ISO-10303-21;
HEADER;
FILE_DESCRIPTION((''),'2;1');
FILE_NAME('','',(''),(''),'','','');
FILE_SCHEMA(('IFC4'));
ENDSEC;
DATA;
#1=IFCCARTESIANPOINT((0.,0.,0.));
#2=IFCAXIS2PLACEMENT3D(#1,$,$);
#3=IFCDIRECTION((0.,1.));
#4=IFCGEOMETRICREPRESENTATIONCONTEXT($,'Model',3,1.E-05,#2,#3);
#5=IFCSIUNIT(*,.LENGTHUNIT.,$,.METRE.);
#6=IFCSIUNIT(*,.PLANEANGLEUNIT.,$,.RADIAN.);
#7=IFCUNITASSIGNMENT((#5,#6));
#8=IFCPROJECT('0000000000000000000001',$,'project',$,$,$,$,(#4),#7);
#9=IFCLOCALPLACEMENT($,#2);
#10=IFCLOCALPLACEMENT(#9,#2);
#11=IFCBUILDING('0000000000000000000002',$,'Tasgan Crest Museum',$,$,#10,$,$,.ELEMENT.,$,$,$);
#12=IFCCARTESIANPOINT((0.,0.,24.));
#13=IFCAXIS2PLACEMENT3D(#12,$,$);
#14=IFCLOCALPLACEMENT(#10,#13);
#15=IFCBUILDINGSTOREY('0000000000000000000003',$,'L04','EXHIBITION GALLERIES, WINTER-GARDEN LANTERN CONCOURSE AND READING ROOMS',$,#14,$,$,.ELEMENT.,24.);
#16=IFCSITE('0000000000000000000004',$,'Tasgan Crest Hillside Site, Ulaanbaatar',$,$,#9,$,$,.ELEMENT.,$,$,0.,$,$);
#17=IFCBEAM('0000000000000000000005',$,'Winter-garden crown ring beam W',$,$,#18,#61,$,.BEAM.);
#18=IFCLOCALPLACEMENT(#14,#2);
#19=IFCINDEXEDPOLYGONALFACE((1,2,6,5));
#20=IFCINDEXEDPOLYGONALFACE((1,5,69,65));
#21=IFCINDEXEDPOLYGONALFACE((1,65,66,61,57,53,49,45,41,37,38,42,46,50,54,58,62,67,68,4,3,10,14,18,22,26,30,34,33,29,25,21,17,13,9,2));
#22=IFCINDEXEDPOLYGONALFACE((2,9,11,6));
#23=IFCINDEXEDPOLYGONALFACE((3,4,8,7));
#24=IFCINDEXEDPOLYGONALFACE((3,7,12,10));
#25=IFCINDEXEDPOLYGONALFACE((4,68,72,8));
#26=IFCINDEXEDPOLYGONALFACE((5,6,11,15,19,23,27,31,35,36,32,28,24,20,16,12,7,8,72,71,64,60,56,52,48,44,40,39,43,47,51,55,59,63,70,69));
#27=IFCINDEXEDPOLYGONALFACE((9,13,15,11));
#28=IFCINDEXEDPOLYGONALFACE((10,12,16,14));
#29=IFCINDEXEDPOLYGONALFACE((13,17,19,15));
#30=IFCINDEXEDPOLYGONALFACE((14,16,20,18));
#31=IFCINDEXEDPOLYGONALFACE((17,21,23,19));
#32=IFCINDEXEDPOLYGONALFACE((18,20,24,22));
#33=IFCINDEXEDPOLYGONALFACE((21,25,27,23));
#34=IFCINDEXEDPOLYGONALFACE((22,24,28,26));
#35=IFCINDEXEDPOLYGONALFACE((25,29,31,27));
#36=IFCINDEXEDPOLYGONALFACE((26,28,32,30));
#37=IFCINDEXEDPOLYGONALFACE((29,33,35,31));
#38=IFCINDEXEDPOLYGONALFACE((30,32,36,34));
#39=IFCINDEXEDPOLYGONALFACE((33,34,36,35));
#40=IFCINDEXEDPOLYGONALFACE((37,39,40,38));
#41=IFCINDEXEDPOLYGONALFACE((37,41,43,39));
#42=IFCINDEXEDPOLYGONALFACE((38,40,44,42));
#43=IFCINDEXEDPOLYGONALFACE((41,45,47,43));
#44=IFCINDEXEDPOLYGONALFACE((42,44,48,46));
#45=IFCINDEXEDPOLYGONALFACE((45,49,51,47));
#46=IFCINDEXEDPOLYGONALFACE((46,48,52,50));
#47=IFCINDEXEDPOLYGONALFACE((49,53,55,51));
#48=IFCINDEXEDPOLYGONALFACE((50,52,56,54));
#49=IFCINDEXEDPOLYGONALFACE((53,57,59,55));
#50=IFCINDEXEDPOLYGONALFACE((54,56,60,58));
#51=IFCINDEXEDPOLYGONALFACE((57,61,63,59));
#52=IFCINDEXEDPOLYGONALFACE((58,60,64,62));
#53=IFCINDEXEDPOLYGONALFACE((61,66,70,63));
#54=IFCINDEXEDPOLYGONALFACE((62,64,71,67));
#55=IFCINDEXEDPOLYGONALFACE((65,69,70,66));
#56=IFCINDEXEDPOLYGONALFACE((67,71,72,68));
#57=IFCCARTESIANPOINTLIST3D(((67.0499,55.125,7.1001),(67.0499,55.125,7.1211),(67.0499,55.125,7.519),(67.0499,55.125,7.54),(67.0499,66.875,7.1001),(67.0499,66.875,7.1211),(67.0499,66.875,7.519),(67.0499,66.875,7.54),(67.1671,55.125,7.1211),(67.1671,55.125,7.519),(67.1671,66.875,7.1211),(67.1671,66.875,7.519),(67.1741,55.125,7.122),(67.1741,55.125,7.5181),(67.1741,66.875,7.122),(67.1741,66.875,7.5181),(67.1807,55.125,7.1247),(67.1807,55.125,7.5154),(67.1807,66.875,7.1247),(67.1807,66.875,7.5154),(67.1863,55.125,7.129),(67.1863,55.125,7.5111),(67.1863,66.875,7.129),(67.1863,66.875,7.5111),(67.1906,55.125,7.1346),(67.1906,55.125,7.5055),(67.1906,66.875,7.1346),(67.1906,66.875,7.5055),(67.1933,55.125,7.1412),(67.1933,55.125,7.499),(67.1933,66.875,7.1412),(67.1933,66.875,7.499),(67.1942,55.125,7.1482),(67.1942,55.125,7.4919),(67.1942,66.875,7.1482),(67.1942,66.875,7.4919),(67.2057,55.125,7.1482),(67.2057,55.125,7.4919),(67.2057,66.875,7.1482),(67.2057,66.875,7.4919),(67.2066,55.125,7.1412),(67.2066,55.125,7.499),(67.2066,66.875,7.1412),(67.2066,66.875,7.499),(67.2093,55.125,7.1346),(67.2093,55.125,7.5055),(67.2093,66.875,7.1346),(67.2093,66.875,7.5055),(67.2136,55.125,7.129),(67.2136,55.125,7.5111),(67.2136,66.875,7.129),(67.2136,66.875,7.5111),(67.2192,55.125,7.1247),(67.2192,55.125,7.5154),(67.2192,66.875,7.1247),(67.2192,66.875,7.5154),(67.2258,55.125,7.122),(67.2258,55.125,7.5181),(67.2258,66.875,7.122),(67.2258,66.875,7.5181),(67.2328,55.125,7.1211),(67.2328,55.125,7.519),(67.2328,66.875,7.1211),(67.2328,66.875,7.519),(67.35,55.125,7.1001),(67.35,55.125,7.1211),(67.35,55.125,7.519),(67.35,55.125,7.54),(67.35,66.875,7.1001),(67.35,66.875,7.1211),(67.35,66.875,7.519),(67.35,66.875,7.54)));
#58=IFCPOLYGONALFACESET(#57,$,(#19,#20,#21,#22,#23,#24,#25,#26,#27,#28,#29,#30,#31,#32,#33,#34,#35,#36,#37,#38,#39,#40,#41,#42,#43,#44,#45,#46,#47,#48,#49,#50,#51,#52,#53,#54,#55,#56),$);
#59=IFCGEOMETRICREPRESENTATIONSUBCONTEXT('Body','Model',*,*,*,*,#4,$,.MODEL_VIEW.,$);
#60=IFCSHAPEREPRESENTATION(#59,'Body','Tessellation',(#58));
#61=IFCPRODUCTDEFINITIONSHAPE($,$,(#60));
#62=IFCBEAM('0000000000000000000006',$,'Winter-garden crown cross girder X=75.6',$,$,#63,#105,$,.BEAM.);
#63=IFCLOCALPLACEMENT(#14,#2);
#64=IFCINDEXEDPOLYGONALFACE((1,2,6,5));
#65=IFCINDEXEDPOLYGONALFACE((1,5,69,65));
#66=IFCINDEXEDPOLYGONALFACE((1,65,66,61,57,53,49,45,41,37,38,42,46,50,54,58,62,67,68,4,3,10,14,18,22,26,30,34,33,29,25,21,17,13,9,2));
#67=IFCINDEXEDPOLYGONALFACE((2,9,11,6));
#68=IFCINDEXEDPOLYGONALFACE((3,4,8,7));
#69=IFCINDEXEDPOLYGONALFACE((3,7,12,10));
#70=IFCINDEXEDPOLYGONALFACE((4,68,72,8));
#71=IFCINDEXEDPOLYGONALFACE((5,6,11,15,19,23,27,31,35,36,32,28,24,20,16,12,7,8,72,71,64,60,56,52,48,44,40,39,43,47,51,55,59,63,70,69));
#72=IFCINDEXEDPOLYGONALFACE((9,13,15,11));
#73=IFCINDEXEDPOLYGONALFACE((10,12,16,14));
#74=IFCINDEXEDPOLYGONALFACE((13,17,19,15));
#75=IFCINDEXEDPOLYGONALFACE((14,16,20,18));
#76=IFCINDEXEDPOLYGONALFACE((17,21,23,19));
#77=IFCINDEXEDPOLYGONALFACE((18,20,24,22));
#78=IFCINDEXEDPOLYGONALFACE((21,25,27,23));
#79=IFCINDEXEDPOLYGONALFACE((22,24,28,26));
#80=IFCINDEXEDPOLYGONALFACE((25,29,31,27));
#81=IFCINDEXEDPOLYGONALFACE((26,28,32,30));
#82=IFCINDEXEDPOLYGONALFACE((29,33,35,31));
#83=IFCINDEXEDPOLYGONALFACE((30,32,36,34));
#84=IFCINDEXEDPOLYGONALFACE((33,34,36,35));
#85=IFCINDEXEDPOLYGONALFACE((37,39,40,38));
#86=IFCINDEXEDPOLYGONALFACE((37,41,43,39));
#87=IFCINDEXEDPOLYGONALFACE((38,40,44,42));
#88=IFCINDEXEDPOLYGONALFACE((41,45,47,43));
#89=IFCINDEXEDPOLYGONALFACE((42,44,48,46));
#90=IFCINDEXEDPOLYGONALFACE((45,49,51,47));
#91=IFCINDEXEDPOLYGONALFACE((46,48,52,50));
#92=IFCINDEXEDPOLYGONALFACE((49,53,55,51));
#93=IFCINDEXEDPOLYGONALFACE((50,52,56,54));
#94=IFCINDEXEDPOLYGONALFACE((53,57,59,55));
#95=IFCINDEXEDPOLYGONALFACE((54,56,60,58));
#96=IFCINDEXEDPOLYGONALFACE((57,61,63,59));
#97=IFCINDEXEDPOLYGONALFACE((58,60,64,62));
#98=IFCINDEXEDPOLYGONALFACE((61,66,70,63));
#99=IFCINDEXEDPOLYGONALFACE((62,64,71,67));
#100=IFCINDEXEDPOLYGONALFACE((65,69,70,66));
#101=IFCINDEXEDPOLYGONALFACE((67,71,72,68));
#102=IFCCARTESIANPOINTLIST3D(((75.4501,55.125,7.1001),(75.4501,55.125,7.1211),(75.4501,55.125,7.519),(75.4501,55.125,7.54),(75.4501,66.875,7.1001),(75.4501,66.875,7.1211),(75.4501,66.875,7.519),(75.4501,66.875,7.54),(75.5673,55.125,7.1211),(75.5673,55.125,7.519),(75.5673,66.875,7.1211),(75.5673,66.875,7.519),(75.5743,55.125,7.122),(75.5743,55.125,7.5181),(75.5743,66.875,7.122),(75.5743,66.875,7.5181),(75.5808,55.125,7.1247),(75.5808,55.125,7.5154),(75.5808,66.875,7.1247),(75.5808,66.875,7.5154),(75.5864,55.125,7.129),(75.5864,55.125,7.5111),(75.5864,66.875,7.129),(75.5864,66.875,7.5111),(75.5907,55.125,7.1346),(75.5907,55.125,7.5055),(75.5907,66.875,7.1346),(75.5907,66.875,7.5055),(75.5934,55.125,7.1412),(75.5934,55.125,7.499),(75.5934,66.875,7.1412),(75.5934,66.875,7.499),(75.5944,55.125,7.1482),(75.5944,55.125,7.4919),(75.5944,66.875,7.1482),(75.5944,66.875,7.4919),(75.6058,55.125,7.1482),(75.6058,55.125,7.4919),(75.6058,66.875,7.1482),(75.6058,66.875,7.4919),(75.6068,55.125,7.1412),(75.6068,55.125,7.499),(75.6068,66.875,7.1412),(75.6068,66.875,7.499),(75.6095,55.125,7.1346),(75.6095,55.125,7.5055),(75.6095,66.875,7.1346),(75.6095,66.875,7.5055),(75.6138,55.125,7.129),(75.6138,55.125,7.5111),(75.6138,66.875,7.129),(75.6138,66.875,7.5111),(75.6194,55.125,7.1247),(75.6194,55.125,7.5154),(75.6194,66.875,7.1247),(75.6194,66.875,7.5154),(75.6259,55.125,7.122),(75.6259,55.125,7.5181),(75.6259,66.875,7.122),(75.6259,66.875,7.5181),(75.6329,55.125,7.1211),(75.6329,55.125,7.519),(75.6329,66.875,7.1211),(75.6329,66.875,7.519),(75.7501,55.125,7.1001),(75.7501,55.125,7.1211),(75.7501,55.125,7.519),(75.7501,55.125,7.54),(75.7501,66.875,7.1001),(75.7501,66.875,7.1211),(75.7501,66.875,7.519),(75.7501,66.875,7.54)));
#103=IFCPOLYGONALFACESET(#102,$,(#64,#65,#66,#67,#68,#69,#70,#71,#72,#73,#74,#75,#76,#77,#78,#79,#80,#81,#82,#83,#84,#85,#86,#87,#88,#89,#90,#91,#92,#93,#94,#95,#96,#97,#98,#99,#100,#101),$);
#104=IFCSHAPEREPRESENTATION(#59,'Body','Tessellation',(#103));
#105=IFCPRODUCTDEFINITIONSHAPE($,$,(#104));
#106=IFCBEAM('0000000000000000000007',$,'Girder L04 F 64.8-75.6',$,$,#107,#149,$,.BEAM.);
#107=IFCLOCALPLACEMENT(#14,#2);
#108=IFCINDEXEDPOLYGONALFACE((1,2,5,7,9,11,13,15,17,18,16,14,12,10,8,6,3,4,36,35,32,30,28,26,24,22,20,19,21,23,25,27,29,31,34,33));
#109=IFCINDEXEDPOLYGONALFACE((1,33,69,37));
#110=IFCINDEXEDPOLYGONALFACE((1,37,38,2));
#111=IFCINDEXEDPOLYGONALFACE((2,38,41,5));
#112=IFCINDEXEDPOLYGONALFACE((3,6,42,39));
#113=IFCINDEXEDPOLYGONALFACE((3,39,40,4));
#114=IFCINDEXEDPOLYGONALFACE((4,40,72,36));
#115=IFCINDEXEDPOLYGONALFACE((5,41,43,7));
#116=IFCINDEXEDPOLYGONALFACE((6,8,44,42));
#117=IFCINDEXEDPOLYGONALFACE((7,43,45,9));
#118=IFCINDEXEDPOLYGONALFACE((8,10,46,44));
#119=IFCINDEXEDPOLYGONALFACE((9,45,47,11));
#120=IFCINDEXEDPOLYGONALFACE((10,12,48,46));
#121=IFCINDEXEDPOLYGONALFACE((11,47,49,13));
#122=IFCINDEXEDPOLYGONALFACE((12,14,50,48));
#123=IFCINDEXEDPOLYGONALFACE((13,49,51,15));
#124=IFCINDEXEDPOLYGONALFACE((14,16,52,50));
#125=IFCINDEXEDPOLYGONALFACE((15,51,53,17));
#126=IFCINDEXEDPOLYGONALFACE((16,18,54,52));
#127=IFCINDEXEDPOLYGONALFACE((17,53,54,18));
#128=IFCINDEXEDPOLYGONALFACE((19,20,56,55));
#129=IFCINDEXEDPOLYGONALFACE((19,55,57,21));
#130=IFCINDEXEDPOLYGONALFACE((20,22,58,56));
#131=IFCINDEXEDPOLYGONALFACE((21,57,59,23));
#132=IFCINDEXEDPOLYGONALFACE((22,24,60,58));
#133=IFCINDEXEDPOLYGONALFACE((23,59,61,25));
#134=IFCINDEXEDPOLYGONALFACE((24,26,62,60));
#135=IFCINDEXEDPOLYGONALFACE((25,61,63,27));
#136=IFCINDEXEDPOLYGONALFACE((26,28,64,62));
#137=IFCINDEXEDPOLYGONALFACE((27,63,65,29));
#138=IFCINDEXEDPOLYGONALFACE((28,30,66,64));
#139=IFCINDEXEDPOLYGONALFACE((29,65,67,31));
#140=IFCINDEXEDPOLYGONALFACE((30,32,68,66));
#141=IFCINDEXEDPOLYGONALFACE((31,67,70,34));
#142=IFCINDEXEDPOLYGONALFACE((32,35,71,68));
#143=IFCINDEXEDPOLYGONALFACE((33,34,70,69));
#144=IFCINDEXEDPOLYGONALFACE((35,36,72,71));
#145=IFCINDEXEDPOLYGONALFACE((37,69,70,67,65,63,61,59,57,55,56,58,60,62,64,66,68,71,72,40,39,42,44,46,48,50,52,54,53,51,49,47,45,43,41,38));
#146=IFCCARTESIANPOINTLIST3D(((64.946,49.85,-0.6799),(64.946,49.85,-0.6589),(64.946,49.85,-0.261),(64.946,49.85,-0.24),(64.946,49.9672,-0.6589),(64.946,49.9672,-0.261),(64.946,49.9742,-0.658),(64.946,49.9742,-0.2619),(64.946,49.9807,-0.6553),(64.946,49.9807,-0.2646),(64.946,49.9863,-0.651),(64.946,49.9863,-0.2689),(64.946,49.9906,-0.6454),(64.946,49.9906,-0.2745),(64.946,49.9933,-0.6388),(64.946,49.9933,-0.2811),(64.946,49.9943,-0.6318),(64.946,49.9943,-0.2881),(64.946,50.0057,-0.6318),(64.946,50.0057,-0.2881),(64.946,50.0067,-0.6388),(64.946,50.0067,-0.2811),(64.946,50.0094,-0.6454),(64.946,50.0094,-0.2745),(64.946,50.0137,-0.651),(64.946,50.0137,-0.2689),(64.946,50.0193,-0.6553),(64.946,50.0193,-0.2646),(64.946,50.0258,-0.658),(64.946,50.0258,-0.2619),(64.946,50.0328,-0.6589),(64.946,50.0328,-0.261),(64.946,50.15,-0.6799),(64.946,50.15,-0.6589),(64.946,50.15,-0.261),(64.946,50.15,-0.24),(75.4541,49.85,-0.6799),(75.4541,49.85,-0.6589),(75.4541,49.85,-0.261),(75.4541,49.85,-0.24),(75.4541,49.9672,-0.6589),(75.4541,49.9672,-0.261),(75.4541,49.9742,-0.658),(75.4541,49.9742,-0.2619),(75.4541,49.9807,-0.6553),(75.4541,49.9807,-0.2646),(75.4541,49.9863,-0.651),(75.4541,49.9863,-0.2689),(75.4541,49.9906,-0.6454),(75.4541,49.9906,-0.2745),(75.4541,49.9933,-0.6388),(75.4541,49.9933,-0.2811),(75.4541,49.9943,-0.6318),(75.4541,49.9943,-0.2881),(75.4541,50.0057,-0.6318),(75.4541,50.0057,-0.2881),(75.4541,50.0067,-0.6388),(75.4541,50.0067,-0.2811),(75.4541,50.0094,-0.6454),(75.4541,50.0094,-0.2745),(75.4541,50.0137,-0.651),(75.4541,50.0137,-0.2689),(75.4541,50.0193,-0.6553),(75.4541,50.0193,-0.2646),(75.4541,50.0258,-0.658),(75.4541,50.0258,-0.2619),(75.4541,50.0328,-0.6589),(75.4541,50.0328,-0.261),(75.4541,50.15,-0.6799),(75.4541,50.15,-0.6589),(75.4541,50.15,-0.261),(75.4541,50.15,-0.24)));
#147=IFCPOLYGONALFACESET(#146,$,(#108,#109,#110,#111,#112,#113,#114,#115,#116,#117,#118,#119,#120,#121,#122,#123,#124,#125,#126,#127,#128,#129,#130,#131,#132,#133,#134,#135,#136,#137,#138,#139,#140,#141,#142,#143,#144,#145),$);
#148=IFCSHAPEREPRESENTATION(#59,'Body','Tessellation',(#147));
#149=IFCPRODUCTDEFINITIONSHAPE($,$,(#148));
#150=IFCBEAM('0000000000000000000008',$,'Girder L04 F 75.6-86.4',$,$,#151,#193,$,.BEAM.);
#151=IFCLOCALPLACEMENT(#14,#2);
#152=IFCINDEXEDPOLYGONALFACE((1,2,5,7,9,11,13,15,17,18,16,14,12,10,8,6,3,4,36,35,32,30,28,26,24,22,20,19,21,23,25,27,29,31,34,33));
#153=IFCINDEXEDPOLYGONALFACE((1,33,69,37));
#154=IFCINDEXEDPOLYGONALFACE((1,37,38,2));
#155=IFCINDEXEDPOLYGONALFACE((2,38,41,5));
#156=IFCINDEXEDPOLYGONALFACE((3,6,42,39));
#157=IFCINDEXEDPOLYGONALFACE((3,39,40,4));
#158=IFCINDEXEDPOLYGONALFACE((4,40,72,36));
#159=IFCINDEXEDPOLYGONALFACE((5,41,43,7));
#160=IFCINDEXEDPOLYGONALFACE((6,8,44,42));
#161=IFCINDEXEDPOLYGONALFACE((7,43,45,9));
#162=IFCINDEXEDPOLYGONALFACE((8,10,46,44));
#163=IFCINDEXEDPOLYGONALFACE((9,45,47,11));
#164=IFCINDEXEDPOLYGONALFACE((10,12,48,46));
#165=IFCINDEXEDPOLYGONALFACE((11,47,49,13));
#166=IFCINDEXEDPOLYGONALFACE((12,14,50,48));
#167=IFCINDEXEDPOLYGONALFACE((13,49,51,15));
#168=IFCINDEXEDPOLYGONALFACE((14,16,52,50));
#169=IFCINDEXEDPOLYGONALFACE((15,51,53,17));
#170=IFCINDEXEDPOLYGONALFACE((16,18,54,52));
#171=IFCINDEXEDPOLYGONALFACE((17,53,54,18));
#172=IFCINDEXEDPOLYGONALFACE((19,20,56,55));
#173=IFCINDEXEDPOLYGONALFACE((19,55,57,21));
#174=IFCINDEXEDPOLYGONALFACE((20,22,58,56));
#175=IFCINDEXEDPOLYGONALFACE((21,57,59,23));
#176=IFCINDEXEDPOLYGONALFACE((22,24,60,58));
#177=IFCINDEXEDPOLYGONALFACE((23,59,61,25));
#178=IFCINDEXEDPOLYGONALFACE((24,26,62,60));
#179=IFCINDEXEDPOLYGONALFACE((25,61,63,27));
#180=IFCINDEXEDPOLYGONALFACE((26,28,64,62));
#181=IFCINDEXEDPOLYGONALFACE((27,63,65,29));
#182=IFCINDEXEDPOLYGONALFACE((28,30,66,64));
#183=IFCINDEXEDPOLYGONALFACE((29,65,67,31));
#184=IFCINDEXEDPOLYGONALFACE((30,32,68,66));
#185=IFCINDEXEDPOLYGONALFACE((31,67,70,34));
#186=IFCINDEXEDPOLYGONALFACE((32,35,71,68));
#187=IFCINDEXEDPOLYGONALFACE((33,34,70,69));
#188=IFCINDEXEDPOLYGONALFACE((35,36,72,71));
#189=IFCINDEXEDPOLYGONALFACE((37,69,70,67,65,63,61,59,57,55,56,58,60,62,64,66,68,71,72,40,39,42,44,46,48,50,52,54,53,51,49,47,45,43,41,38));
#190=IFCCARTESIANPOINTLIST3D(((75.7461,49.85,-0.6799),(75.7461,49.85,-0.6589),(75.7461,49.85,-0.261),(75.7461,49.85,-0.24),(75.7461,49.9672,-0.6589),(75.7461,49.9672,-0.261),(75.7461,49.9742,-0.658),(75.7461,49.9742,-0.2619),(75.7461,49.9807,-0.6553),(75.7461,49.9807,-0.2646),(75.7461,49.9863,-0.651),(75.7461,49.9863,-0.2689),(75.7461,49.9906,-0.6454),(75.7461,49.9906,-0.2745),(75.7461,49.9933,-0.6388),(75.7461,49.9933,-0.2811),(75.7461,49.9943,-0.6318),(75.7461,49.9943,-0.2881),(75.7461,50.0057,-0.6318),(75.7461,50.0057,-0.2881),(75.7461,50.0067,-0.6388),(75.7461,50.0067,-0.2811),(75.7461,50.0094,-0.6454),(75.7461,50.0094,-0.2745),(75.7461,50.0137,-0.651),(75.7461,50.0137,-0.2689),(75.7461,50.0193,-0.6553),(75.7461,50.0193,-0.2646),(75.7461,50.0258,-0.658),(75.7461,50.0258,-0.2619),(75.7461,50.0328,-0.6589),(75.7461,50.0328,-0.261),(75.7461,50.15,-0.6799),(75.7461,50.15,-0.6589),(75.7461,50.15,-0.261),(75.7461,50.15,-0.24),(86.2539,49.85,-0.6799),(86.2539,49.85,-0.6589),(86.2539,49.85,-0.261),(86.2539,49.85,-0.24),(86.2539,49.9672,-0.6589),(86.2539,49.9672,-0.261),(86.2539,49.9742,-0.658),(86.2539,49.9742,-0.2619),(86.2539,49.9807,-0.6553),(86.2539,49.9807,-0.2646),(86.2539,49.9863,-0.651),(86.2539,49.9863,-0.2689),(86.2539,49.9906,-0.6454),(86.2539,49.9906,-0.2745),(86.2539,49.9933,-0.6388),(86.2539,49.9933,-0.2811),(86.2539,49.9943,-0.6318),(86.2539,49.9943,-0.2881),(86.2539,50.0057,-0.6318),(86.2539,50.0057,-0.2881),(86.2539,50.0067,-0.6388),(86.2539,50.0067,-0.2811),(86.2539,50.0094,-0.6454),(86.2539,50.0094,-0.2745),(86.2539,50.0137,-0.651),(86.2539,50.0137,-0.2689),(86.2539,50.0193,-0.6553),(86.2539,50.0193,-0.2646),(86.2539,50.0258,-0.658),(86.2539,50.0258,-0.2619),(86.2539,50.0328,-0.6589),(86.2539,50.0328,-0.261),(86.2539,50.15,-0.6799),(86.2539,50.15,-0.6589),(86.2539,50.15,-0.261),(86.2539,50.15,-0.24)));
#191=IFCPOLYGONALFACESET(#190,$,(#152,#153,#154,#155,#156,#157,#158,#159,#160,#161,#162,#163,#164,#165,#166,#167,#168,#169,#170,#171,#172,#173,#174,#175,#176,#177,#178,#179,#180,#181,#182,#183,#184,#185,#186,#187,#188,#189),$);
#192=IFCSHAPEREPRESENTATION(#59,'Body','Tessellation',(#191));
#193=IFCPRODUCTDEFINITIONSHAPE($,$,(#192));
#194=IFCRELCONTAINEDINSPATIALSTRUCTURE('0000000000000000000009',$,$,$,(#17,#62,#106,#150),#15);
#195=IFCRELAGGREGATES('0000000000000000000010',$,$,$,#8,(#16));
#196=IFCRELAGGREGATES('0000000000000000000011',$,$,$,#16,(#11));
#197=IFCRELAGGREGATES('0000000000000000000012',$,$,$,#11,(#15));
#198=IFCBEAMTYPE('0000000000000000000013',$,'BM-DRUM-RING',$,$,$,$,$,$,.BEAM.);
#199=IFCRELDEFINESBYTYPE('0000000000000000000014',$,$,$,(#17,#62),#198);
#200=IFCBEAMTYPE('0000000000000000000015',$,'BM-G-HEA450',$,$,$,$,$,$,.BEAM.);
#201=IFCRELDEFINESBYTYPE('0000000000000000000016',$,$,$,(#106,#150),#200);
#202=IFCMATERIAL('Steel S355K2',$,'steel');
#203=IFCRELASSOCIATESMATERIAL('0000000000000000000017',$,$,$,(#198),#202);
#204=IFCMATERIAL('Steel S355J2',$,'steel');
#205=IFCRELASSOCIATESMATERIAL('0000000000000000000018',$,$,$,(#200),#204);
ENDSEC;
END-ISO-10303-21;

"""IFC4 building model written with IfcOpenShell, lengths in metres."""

from ifc_helpers import new_model, si_unit, direction, frame, origin, origin_2d, place, context, subcontext, project, spatial, i_section, extrude, material, material_profile, profile_set, type_object, element, save


model = new_model("IFC4")

# Units and contexts
model_context = context("Model", 3, precision=1e-05, world=origin(), true_north=direction((0.0, 1.0)))
body_context = subcontext(model_context, "Body", "Model", "MODEL_VIEW")
ifc_project = project(units=[si_unit("LENGTHUNIT", "METRE"), si_unit("PLANEANGLEUNIT", "RADIAN")], contexts=[model_context])

# Site, building, storey
site_placement = place(None, origin())
site = spatial("IfcSite", under=ifc_project, at=site_placement, Name="Tasgan Crest Hillside Site, Ulaanbaatar", CompositionType="ELEMENT", RefElevation=0.0)
building_placement = place(site_placement, origin())
building = spatial("IfcBuilding", under=site, at=building_placement, Name="Tasgan Crest Museum", CompositionType="ELEMENT")
storey_placement = place(building_placement, frame((0.0, 0.0, 24.0)))
storey = spatial("IfcBuildingStorey", under=building, at=storey_placement, Name="L04", Description="EXHIBITION GALLERIES, WINTER-GARDEN LANTERN CONCOURSE AND READING ROOMS", CompositionType="ELEMENT", Elevation=24.0)

# Beams
ifc_material_1 = material(Name="Steel S355K2", Category="steel")
ifc_material_profile_1 = material_profile(ifc_material_1, i_section(OverallWidth=0.3, OverallDepth=0.4399, WebThickness=0.0115, FlangeThickness=0.021, FilletRadius=0.0271, at=origin_2d()), Name="HEA 450")
ifc_profile_set_1 = profile_set([ifc_material_profile_1], Name="Steel S355K2")
beam_type_1 = type_object("IfcBeamType", Name="BM-DRUM-RING", PredefinedType="BEAM", material=ifc_profile_set_1)
for number, where, z_axis, x_axis, name in (
    (1, (67.2, 55.125, 7.3201), (0.0, 1.0, 0.0), (-1.0, 0.0, 0.0), "Winter-garden crown ring beam W"),
    (2, (75.6001, 55.125, 7.3201), (0.0, 1.0, 0.0), (-1.0, 0.0, 0.0), "Winter-garden crown cross girder X=75.6"),
):
    element("IfcBeam", number, at=place(storey_placement, frame(where, z_axis=z_axis, x_axis=x_axis)), inside=storey, type_object=beam_type_1, Name=name, PredefinedType="BEAM", context=body_context, shape_type="SweptSolid", body=[
        extrude(i_section(OverallWidth=0.3, OverallDepth=0.4399, WebThickness=0.0115, FlangeThickness=0.021, FilletRadius=0.0271, at=origin_2d()), origin(), (0.0, 0.0, 1.0), 11.75),
    ])
ifc_material_2 = material(Name="Steel S355J2", Category="steel")
ifc_material_profile_2 = material_profile(ifc_material_2, i_section(OverallWidth=0.3, OverallDepth=0.4399, WebThickness=0.0115, FlangeThickness=0.021, FilletRadius=0.0271, at=origin_2d()), Name="HEA 450")
ifc_profile_set_2 = profile_set([ifc_material_profile_2], Name="Steel S355J2")
beam_type_2 = type_object("IfcBeamType", Name="BM-G-HEA450", PredefinedType="BEAM", material=ifc_profile_set_2)
beam_1_placement = place(storey_placement, frame((64.946, 50.0, -0.46), z_axis=(1.0, 0.0, 0.0), x_axis=(0.0, 1.0, 0.0)))
element("IfcBeam", 3, at=beam_1_placement, inside=storey, type_object=beam_type_2, Name="Girder L04 F 64.8-75.6", PredefinedType="BEAM", context=body_context, shape_type="SweptSolid", body=[
    extrude(i_section(OverallWidth=0.3, OverallDepth=0.4399, WebThickness=0.0115, FlangeThickness=0.021, FilletRadius=0.0271, at=origin_2d()), origin(), (0.0, 0.0, 1.0), 10.5081),
])
beam_2_placement = place(storey_placement, frame((75.7461, 50.0, -0.46), z_axis=(1.0, 0.0, 0.0), x_axis=(0.0, 1.0, 0.0)))
element("IfcBeam", 4, at=beam_2_placement, inside=storey, type_object=beam_type_2, Name="Girder L04 F 75.6-86.4", PredefinedType="BEAM", context=body_context, shape_type="SweptSolid", body=[
    extrude(i_section(OverallWidth=0.3, OverallDepth=0.4399, WebThickness=0.0115, FlangeThickness=0.021, FilletRadius=0.0271, at=origin_2d()), origin(), (0.0, 0.0, 1.0), 10.5078),
])

save(model, "model.ifc")
